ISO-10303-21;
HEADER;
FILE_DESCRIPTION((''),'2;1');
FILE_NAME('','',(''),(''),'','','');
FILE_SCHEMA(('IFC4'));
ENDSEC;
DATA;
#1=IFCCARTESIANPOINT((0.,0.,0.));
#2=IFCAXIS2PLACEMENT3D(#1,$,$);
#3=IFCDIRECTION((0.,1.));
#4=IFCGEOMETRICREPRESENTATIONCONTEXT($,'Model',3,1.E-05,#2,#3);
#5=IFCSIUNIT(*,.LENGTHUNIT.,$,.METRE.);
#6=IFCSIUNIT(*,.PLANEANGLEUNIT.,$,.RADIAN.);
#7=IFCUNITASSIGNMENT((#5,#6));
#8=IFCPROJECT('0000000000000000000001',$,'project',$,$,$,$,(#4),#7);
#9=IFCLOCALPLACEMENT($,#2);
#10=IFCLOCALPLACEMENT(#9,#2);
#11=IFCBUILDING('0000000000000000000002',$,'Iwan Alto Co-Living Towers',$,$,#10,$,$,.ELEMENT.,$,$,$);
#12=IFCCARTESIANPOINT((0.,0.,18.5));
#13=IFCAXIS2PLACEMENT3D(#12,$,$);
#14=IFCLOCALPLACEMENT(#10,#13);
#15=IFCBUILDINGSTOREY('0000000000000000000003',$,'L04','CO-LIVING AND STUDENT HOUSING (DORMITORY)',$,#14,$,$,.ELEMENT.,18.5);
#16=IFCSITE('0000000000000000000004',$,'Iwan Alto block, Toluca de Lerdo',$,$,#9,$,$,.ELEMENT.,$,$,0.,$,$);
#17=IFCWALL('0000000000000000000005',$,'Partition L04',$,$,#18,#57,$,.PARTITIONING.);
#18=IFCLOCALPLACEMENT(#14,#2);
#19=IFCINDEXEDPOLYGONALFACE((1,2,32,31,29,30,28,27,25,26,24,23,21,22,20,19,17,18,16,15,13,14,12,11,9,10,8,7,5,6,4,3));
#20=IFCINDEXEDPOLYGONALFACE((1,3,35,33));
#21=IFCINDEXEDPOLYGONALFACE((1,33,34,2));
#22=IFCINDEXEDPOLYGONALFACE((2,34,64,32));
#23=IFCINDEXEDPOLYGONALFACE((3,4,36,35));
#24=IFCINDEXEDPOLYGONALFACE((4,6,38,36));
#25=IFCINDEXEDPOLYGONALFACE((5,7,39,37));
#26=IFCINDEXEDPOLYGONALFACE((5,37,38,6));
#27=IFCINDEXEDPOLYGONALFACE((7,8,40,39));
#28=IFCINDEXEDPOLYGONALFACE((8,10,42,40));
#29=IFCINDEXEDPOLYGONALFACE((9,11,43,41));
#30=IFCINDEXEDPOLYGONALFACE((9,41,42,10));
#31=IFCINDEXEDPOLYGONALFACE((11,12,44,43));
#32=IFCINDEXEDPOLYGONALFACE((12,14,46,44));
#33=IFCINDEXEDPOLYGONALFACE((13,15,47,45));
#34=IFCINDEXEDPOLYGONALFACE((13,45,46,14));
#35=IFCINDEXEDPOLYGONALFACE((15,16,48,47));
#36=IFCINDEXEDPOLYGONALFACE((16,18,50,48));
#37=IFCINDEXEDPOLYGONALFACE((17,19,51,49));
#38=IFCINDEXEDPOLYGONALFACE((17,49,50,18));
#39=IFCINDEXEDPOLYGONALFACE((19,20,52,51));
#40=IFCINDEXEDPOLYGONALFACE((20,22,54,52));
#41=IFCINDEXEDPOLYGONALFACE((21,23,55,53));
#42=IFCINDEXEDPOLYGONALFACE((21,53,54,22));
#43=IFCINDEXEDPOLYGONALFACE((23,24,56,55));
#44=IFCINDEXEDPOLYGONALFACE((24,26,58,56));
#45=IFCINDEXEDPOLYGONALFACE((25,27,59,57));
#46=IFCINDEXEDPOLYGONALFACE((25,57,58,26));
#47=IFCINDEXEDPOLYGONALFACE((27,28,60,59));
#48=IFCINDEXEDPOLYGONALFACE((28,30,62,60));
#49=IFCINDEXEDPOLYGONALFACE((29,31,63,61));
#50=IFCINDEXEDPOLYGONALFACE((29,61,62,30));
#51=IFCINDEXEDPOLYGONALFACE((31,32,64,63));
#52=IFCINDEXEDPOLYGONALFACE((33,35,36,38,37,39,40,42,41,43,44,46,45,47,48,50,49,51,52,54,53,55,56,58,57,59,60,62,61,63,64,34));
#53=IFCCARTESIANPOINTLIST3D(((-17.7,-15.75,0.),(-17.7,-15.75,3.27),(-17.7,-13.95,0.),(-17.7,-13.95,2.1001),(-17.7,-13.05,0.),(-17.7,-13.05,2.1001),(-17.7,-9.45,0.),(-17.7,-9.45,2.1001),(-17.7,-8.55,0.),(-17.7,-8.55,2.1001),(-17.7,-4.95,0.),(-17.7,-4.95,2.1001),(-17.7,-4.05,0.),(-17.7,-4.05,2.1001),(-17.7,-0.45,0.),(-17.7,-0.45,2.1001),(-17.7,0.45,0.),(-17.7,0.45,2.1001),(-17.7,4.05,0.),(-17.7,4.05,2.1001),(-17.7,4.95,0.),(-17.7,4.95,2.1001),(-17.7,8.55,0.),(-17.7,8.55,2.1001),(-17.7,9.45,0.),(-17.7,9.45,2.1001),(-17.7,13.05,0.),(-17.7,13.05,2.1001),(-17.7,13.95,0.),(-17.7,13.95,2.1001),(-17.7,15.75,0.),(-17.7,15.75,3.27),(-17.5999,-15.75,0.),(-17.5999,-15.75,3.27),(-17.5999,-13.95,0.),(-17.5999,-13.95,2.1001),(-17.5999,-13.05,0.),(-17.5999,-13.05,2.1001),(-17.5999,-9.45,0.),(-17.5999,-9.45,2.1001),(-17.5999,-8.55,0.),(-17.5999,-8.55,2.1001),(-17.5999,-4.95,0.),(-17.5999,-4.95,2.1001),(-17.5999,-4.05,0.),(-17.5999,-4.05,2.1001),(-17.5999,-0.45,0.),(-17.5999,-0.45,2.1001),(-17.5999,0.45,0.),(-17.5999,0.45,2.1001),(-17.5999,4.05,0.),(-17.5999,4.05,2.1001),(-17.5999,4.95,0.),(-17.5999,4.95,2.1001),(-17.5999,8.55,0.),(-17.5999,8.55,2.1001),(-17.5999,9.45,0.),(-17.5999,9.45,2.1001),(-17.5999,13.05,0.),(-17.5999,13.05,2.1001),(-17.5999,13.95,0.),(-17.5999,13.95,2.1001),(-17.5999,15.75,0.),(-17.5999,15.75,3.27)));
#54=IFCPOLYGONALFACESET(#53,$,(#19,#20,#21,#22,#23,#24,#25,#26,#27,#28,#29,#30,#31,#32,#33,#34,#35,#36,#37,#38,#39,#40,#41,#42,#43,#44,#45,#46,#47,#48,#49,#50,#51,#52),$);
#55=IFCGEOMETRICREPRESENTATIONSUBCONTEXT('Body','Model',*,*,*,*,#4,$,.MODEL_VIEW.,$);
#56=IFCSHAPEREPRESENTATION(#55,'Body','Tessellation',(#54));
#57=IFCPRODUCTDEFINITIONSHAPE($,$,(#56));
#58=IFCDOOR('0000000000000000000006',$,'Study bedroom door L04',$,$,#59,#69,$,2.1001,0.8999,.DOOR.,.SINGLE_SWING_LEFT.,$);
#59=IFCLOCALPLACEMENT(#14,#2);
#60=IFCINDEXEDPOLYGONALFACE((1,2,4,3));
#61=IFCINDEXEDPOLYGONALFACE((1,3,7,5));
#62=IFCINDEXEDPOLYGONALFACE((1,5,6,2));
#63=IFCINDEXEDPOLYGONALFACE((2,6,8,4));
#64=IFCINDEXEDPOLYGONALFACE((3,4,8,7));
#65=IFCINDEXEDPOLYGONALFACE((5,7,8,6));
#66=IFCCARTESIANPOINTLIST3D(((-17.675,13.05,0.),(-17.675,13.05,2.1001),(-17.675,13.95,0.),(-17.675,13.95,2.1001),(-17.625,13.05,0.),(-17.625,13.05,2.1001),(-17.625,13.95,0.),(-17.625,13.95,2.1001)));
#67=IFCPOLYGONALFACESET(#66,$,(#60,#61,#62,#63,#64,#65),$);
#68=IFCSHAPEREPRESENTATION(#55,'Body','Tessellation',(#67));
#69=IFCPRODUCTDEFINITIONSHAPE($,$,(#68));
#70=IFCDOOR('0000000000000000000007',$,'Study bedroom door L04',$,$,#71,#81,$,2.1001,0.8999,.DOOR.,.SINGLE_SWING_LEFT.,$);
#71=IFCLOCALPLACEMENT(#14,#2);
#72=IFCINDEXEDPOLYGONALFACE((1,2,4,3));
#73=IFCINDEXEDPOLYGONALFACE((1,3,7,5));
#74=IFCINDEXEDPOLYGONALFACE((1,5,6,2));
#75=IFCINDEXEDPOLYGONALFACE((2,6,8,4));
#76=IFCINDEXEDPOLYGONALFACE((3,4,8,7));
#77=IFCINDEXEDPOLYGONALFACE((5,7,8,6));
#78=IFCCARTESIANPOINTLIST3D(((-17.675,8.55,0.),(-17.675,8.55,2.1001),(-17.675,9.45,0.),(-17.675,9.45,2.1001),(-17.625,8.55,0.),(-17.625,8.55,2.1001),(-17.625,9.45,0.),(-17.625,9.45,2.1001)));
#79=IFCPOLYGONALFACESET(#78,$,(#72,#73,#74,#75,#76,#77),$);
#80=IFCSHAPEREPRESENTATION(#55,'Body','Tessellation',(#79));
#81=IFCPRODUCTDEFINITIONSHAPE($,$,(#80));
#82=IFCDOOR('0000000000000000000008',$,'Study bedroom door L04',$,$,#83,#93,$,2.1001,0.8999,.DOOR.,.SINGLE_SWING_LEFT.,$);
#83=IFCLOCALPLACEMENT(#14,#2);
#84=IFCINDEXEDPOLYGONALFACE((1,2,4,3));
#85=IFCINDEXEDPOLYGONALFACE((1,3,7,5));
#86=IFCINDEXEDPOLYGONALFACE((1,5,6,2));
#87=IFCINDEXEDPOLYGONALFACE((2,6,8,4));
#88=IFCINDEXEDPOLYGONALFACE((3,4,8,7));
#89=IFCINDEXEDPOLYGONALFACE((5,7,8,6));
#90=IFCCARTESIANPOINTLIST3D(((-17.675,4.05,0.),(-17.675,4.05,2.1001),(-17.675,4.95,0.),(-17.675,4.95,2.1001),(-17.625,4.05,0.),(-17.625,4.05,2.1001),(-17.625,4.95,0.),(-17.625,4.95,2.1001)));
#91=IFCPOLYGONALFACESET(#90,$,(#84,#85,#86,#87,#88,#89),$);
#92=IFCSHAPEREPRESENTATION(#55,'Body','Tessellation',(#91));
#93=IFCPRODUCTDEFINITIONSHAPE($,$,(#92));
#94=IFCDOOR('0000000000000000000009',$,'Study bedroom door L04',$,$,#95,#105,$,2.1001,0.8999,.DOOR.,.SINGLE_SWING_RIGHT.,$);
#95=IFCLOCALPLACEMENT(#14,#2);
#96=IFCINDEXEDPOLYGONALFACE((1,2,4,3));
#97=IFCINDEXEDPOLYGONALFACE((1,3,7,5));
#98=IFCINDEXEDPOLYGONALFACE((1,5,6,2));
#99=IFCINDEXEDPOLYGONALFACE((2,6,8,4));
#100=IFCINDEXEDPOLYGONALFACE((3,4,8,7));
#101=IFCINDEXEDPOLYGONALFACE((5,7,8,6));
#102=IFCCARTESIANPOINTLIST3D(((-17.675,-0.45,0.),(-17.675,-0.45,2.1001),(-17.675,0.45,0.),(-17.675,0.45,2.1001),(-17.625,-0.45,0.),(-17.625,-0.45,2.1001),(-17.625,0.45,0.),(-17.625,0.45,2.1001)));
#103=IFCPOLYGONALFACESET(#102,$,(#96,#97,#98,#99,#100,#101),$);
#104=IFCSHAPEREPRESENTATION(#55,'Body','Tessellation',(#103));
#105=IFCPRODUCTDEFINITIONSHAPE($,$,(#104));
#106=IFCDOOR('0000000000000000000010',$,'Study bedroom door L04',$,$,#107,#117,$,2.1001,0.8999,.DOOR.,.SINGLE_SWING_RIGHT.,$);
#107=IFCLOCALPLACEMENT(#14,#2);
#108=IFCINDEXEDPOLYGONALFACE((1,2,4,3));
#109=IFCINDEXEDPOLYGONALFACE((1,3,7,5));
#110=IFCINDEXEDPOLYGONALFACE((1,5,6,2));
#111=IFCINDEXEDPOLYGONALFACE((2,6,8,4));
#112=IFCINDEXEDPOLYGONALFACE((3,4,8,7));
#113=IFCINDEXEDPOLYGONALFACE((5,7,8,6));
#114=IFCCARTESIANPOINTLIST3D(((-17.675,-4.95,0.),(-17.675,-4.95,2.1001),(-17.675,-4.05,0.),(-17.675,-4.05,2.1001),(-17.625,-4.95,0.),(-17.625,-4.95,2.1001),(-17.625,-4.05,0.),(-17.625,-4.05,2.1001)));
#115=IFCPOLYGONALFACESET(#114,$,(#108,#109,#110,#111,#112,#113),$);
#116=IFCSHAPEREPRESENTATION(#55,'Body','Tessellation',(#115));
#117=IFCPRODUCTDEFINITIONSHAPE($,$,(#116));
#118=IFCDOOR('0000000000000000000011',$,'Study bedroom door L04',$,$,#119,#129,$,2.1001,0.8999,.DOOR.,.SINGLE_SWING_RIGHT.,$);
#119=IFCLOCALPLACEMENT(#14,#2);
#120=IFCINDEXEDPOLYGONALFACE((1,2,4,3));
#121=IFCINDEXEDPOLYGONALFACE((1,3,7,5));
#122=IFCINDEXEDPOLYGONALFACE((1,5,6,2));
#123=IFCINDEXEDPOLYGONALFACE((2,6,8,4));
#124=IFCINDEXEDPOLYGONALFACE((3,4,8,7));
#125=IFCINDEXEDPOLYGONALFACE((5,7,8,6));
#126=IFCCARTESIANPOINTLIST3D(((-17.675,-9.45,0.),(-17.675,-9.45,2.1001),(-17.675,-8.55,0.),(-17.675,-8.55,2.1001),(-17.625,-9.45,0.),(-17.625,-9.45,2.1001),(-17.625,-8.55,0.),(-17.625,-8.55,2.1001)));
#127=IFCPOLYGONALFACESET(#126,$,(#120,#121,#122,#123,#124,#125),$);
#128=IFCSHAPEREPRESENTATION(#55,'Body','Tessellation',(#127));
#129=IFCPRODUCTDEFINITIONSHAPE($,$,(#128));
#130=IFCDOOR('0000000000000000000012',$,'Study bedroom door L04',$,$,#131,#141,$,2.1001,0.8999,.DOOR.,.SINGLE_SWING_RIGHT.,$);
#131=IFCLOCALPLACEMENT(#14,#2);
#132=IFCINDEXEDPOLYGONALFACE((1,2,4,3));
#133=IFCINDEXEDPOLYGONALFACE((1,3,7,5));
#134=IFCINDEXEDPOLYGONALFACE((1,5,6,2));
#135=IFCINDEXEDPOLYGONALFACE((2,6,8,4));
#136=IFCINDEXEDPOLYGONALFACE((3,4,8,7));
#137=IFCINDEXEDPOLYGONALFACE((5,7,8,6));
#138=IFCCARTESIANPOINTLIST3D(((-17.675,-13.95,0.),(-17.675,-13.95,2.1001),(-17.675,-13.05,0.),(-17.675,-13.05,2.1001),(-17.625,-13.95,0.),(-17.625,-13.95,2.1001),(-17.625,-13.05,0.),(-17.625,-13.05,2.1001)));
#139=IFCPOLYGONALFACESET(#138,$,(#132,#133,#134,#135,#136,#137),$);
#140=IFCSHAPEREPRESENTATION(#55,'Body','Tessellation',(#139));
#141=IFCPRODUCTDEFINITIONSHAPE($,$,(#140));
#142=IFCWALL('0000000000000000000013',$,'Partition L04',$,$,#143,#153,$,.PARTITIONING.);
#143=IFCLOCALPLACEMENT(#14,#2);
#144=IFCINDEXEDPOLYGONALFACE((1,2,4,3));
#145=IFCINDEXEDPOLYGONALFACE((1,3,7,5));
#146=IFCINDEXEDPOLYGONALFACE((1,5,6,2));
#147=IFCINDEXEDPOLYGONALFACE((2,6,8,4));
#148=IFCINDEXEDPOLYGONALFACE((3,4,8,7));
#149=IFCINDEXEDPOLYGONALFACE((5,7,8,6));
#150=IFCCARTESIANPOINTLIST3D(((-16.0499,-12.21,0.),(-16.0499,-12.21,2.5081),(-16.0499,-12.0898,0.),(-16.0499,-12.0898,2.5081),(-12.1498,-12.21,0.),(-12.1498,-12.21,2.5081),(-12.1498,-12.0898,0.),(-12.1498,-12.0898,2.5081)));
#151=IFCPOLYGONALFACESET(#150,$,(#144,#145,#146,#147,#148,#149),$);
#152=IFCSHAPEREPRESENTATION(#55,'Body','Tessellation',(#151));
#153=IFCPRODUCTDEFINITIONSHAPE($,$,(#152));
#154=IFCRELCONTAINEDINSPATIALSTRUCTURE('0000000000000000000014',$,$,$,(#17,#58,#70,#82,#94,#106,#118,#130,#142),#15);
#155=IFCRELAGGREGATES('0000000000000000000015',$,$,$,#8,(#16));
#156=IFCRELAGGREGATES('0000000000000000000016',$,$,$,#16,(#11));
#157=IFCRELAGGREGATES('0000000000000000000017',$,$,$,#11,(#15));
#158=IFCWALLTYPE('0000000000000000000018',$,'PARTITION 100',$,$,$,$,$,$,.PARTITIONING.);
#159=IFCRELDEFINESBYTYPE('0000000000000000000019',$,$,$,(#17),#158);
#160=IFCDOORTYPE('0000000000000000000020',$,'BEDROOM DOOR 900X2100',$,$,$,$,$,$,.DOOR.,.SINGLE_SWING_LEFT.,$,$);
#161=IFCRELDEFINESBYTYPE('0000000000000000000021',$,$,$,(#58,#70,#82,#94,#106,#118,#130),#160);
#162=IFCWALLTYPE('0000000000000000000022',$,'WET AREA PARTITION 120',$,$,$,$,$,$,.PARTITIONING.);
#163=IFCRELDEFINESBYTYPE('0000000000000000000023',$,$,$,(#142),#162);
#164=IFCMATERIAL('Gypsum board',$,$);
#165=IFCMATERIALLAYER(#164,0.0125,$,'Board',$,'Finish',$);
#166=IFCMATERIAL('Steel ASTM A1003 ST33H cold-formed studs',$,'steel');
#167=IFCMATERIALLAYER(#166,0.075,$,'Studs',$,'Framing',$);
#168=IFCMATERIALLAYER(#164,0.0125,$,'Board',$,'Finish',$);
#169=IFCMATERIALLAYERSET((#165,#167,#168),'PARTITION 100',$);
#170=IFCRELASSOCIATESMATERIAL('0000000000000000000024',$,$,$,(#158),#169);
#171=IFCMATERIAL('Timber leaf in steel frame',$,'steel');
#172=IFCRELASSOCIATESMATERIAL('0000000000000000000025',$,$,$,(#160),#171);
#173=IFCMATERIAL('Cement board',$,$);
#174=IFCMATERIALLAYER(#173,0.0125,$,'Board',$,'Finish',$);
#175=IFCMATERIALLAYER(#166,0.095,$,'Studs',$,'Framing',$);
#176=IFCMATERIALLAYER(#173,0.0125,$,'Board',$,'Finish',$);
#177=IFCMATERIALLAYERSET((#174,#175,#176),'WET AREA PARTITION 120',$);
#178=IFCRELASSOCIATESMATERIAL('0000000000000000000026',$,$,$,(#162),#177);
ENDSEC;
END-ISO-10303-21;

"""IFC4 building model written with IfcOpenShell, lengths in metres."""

from ifc_helpers import new_model, si_unit, direction, frame, frame_2d, origin, place, context, subcontext, project, spatial, rectangle, extrude, material, layer, layer_set, type_object, element, fill, save


model = new_model("IFC4")

# Units and contexts
model_context = context("Model", 3, precision=1e-05, world=origin(), true_north=direction((0.0, 1.0)))
body_context = subcontext(model_context, "Body", "Model", "MODEL_VIEW")
ifc_project = project(units=[si_unit("LENGTHUNIT", "METRE"), si_unit("PLANEANGLEUNIT", "RADIAN")], contexts=[model_context])

# Site, building, storey
site_placement = place(None, origin())
site = spatial("IfcSite", under=ifc_project, at=site_placement, Name="Iwan Alto block, Toluca de Lerdo", CompositionType="ELEMENT", RefElevation=0.0)
building_placement = place(site_placement, origin())
building = spatial("IfcBuilding", under=site, at=building_placement, Name="Iwan Alto Co-Living Towers", CompositionType="ELEMENT")
storey_placement = place(building_placement, frame((0.0, 0.0, 18.5)))
storey = spatial("IfcBuildingStorey", under=building, at=storey_placement, Name="L04", Description="CO-LIVING AND STUDENT HOUSING (DORMITORY)", CompositionType="ELEMENT", Elevation=18.5)

# Shared definitions
ifc_material_1 = material(Name="Gypsum board")
ifc_layer_1 = layer(ifc_material_1, 0.0125, Name="Board", Category="Finish")
ifc_material_2 = material(Name="Steel ASTM A1003 ST33H cold-formed studs", Category="steel")
ifc_layer_2 = layer(ifc_material_2, 0.075, Name="Studs", Category="Framing")
ifc_layer_3 = layer(ifc_material_1, 0.0125, Name="Board", Category="Finish")
ifc_layer_set_1 = layer_set([ifc_layer_1, ifc_layer_2, ifc_layer_3], Name="PARTITION 100")
wall_type_1 = type_object("IfcWallType", Name="PARTITION 100", PredefinedType="PARTITIONING", material=ifc_layer_set_1)

# Wall, openings, doors
wall_1_placement = place(storey_placement, frame((-17.6499, -15.75, 0.0), z_axis=(0.0, 0.0, 1.0), x_axis=(0.0, 1.0, 0.0)))
wall_1 = element("IfcWall", 1, at=wall_1_placement, inside=storey, type_object=wall_type_1, Name="Partition L04", PredefinedType="PARTITIONING", context=body_context, shape_type="SweptSolid", body=[
    extrude(rectangle(XDim=31.5, YDim=0.1001, at=frame_2d((15.75, 0.0))), origin(), (0.0, 0.0, 1.0), 3.27),
])
opening_1_placement = place(wall_1_placement, frame((28.8, 0.0, 0.0)))
opening_1 = element("IfcOpeningElement", 2, at=opening_1_placement, cuts=wall_1, PredefinedType="OPENING", context=body_context, shape_type="SweptSolid", body=[
    extrude(rectangle(XDim=0.8999, YDim=2.1001, at=frame_2d((0.45, 1.05))), frame((0.0, 0.0601, 0.0), z_axis=(0.0, -1.0, 0.0), x_axis=(1.0, 0.0, 0.0)), (0.0, 0.0, 1.0), 0.1201),
])
opening_2_placement = place(wall_1_placement, frame((24.3, 0.0, 0.0)))
opening_2 = element("IfcOpeningElement", 3, at=opening_2_placement, cuts=wall_1, PredefinedType="OPENING", context=body_context, shape_type="SweptSolid", body=[
    extrude(rectangle(XDim=0.8999, YDim=2.1001, at=frame_2d((0.45, 1.05))), frame((0.0, 0.0601, 0.0), z_axis=(0.0, -1.0, 0.0), x_axis=(1.0, 0.0, 0.0)), (0.0, 0.0, 1.0), 0.1201),
])
opening_3_placement = place(wall_1_placement, frame((19.8, 0.0, 0.0)))
opening_3 = element("IfcOpeningElement", 4, at=opening_3_placement, cuts=wall_1, PredefinedType="OPENING", context=body_context, shape_type="SweptSolid", body=[
    extrude(rectangle(XDim=0.8999, YDim=2.1001, at=frame_2d((0.45, 1.05))), frame((0.0, 0.0601, 0.0), z_axis=(0.0, -1.0, 0.0), x_axis=(1.0, 0.0, 0.0)), (0.0, 0.0, 1.0), 0.1201),
])
opening_4_placement = place(wall_1_placement, frame((15.3, 0.0, 0.0)))
opening_4 = element("IfcOpeningElement", 5, at=opening_4_placement, cuts=wall_1, PredefinedType="OPENING", context=body_context, shape_type="SweptSolid", body=[
    extrude(rectangle(XDim=0.8999, YDim=2.1001, at=frame_2d((0.45, 1.05))), frame((0.0, 0.0601, 0.0), z_axis=(0.0, -1.0, 0.0), x_axis=(1.0, 0.0, 0.0)), (0.0, 0.0, 1.0), 0.1201),
])
opening_5_placement = place(wall_1_placement, frame((10.8, 0.0, 0.0)))
opening_5 = element("IfcOpeningElement", 6, at=opening_5_placement, cuts=wall_1, PredefinedType="OPENING", context=body_context, shape_type="SweptSolid", body=[
    extrude(rectangle(XDim=0.8999, YDim=2.1001, at=frame_2d((0.45, 1.05))), frame((0.0, 0.0601, 0.0), z_axis=(0.0, -1.0, 0.0), x_axis=(1.0, 0.0, 0.0)), (0.0, 0.0, 1.0), 0.1201),
])
opening_6_placement = place(wall_1_placement, frame((6.3, 0.0, 0.0)))
opening_6 = element("IfcOpeningElement", 7, at=opening_6_placement, cuts=wall_1, PredefinedType="OPENING", context=body_context, shape_type="SweptSolid", body=[
    extrude(rectangle(XDim=0.8999, YDim=2.1001, at=frame_2d((0.45, 1.05))), frame((0.0, 0.0601, 0.0), z_axis=(0.0, -1.0, 0.0), x_axis=(1.0, 0.0, 0.0)), (0.0, 0.0, 1.0), 0.1201),
])
opening_7_placement = place(wall_1_placement, frame((1.8, 0.0, 0.0)))
opening_7 = element("IfcOpeningElement", 8, at=opening_7_placement, cuts=wall_1, PredefinedType="OPENING", context=body_context, shape_type="SweptSolid", body=[
    extrude(rectangle(XDim=0.8999, YDim=2.1001, at=frame_2d((0.45, 1.05))), frame((0.0, 0.0601, 0.0), z_axis=(0.0, -1.0, 0.0), x_axis=(1.0, 0.0, 0.0)), (0.0, 0.0, 1.0), 0.1201),
])
ifc_material_3 = material(Name="Timber leaf in steel frame", Category="steel")
door_type_1 = type_object("IfcDoorType", Name="BEDROOM DOOR 900X2100", OperationType="SINGLE_SWING_LEFT", PredefinedType="DOOR", material=ifc_material_3)
door_1_placement = place(opening_1_placement, frame((0.8999, 0.0, 0.0), z_axis=(0.0, 0.0, 1.0), x_axis=(-1.0, 0.0, 0.0)))
door_1 = element("IfcDoor", 9, at=door_1_placement, inside=storey, type_object=door_type_1, Name="Study bedroom door L04", OperationType="SINGLE_SWING_LEFT", OverallHeight=2.1001, OverallWidth=0.8999, PredefinedType="DOOR", context=body_context, shape_type="SweptSolid", body=[
    extrude(rectangle(XDim=0.8999, YDim=2.1001, at=frame_2d((0.45, 1.05))), frame((0.0, 0.0249, 0.0), z_axis=(0.0, -1.0, 0.0), x_axis=(1.0, 0.0, 0.0)), (0.0, 0.0, 1.0), 0.05),
])
fill(opening_1, door_1)
door_2_placement = place(opening_2_placement, frame((0.8999, 0.0, 0.0), z_axis=(0.0, 0.0, 1.0), x_axis=(-1.0, 0.0, 0.0)))
door_2 = element("IfcDoor", 10, at=door_2_placement, inside=storey, type_object=door_type_1, Name="Study bedroom door L04", OperationType="SINGLE_SWING_LEFT", OverallHeight=2.1001, OverallWidth=0.8999, PredefinedType="DOOR", context=body_context, shape_type="SweptSolid", body=[
    extrude(rectangle(XDim=0.8999, YDim=2.1001, at=frame_2d((0.45, 1.05))), frame((0.0, 0.0249, 0.0), z_axis=(0.0, -1.0, 0.0), x_axis=(1.0, 0.0, 0.0)), (0.0, 0.0, 1.0), 0.05),
])
fill(opening_2, door_2)
door_3_placement = place(opening_3_placement, frame((0.8999, 0.0, 0.0), z_axis=(0.0, 0.0, 1.0), x_axis=(-1.0, 0.0, 0.0)))
door_3 = element("IfcDoor", 11, at=door_3_placement, inside=storey, type_object=door_type_1, Name="Study bedroom door L04", OperationType="SINGLE_SWING_LEFT", OverallHeight=2.1001, OverallWidth=0.8999, PredefinedType="DOOR", context=body_context, shape_type="SweptSolid", body=[
    extrude(rectangle(XDim=0.8999, YDim=2.1001, at=frame_2d((0.45, 1.05))), frame((0.0, 0.0249, 0.0), z_axis=(0.0, -1.0, 0.0), x_axis=(1.0, 0.0, 0.0)), (0.0, 0.0, 1.0), 0.05),
])
fill(opening_3, door_3)
door_4_placement = place(opening_4_placement, frame((0.8999, 0.0, 0.0), z_axis=(0.0, 0.0, 1.0), x_axis=(-1.0, 0.0, 0.0)))
door_4 = element("IfcDoor", 12, at=door_4_placement, inside=storey, type_object=door_type_1, Name="Study bedroom door L04", OperationType="SINGLE_SWING_RIGHT", OverallHeight=2.1001, OverallWidth=0.8999, PredefinedType="DOOR", context=body_context, shape_type="SweptSolid", body=[
    extrude(rectangle(XDim=0.8999, YDim=2.1001, at=frame_2d((0.45, 1.05))), frame((0.0, 0.0249, 0.0), z_axis=(0.0, -1.0, 0.0), x_axis=(1.0, 0.0, 0.0)), (0.0, 0.0, 1.0), 0.05),
])
fill(opening_4, door_4)
door_5_placement = place(opening_5_placement, frame((0.8999, 0.0, 0.0), z_axis=(0.0, 0.0, 1.0), x_axis=(-1.0, 0.0, 0.0)))
door_5 = element("IfcDoor", 13, at=door_5_placement, inside=storey, type_object=door_type_1, Name="Study bedroom door L04", OperationType="SINGLE_SWING_RIGHT", OverallHeight=2.1001, OverallWidth=0.8999, PredefinedType="DOOR", context=body_context, shape_type="SweptSolid", body=[
    extrude(rectangle(XDim=0.8999, YDim=2.1001, at=frame_2d((0.45, 1.05))), frame((0.0, 0.0249, 0.0), z_axis=(0.0, -1.0, 0.0), x_axis=(1.0, 0.0, 0.0)), (0.0, 0.0, 1.0), 0.05),
])
fill(opening_5, door_5)
door_6_placement = place(opening_6_placement, frame((0.8999, 0.0, 0.0), z_axis=(0.0, 0.0, 1.0), x_axis=(-1.0, 0.0, 0.0)))
door_6 = element("IfcDoor", 14, at=door_6_placement, inside=storey, type_object=door_type_1, Name="Study bedroom door L04", OperationType="SINGLE_SWING_RIGHT", OverallHeight=2.1001, OverallWidth=0.8999, PredefinedType="DOOR", context=body_context, shape_type="SweptSolid", body=[
    extrude(rectangle(XDim=0.8999, YDim=2.1001, at=frame_2d((0.45, 1.05))), frame((0.0, 0.0249, 0.0), z_axis=(0.0, -1.0, 0.0), x_axis=(1.0, 0.0, 0.0)), (0.0, 0.0, 1.0), 0.05),
])
fill(opening_6, door_6)
door_7_placement = place(opening_7_placement, frame((0.8999, 0.0, 0.0), z_axis=(0.0, 0.0, 1.0), x_axis=(-1.0, 0.0, 0.0)))
door_7 = element("IfcDoor", 15, at=door_7_placement, inside=storey, type_object=door_type_1, Name="Study bedroom door L04", OperationType="SINGLE_SWING_RIGHT", OverallHeight=2.1001, OverallWidth=0.8999, PredefinedType="DOOR", context=body_context, shape_type="SweptSolid", body=[
    extrude(rectangle(XDim=0.8999, YDim=2.1001, at=frame_2d((0.45, 1.05))), frame((0.0, 0.0249, 0.0), z_axis=(0.0, -1.0, 0.0), x_axis=(1.0, 0.0, 0.0)), (0.0, 0.0, 1.0), 0.05),
])
fill(opening_7, door_7)

# Wall
ifc_material_4 = material(Name="Cement board")
ifc_layer_4 = layer(ifc_material_4, 0.0125, Name="Board", Category="Finish")
ifc_layer_5 = layer(ifc_material_2, 0.095, Name="Studs", Category="Framing")
ifc_layer_6 = layer(ifc_material_4, 0.0125, Name="Board", Category="Finish")
ifc_layer_set_2 = layer_set([ifc_layer_4, ifc_layer_5, ifc_layer_6], Name="WET AREA PARTITION 120")
wall_type_2 = type_object("IfcWallType", Name="WET AREA PARTITION 120", PredefinedType="PARTITIONING", material=ifc_layer_set_2)
wall_2_placement = place(storey_placement, frame((-16.05, -12.1499, 0.0), z_axis=(0.0, 0.0, 1.0), x_axis=(1.0, 0.0, 0.0)))
element("IfcWall", 16, at=wall_2_placement, inside=storey, type_object=wall_type_2, Name="Partition L04", PredefinedType="PARTITIONING", context=body_context, shape_type="SweptSolid", body=[
    extrude(rectangle(XDim=3.9001, YDim=0.1201, at=frame_2d((1.9502, 0.0))), origin(), (0.0, 0.0, 1.0), 2.5081),
])

save(model, "model.ifc")
